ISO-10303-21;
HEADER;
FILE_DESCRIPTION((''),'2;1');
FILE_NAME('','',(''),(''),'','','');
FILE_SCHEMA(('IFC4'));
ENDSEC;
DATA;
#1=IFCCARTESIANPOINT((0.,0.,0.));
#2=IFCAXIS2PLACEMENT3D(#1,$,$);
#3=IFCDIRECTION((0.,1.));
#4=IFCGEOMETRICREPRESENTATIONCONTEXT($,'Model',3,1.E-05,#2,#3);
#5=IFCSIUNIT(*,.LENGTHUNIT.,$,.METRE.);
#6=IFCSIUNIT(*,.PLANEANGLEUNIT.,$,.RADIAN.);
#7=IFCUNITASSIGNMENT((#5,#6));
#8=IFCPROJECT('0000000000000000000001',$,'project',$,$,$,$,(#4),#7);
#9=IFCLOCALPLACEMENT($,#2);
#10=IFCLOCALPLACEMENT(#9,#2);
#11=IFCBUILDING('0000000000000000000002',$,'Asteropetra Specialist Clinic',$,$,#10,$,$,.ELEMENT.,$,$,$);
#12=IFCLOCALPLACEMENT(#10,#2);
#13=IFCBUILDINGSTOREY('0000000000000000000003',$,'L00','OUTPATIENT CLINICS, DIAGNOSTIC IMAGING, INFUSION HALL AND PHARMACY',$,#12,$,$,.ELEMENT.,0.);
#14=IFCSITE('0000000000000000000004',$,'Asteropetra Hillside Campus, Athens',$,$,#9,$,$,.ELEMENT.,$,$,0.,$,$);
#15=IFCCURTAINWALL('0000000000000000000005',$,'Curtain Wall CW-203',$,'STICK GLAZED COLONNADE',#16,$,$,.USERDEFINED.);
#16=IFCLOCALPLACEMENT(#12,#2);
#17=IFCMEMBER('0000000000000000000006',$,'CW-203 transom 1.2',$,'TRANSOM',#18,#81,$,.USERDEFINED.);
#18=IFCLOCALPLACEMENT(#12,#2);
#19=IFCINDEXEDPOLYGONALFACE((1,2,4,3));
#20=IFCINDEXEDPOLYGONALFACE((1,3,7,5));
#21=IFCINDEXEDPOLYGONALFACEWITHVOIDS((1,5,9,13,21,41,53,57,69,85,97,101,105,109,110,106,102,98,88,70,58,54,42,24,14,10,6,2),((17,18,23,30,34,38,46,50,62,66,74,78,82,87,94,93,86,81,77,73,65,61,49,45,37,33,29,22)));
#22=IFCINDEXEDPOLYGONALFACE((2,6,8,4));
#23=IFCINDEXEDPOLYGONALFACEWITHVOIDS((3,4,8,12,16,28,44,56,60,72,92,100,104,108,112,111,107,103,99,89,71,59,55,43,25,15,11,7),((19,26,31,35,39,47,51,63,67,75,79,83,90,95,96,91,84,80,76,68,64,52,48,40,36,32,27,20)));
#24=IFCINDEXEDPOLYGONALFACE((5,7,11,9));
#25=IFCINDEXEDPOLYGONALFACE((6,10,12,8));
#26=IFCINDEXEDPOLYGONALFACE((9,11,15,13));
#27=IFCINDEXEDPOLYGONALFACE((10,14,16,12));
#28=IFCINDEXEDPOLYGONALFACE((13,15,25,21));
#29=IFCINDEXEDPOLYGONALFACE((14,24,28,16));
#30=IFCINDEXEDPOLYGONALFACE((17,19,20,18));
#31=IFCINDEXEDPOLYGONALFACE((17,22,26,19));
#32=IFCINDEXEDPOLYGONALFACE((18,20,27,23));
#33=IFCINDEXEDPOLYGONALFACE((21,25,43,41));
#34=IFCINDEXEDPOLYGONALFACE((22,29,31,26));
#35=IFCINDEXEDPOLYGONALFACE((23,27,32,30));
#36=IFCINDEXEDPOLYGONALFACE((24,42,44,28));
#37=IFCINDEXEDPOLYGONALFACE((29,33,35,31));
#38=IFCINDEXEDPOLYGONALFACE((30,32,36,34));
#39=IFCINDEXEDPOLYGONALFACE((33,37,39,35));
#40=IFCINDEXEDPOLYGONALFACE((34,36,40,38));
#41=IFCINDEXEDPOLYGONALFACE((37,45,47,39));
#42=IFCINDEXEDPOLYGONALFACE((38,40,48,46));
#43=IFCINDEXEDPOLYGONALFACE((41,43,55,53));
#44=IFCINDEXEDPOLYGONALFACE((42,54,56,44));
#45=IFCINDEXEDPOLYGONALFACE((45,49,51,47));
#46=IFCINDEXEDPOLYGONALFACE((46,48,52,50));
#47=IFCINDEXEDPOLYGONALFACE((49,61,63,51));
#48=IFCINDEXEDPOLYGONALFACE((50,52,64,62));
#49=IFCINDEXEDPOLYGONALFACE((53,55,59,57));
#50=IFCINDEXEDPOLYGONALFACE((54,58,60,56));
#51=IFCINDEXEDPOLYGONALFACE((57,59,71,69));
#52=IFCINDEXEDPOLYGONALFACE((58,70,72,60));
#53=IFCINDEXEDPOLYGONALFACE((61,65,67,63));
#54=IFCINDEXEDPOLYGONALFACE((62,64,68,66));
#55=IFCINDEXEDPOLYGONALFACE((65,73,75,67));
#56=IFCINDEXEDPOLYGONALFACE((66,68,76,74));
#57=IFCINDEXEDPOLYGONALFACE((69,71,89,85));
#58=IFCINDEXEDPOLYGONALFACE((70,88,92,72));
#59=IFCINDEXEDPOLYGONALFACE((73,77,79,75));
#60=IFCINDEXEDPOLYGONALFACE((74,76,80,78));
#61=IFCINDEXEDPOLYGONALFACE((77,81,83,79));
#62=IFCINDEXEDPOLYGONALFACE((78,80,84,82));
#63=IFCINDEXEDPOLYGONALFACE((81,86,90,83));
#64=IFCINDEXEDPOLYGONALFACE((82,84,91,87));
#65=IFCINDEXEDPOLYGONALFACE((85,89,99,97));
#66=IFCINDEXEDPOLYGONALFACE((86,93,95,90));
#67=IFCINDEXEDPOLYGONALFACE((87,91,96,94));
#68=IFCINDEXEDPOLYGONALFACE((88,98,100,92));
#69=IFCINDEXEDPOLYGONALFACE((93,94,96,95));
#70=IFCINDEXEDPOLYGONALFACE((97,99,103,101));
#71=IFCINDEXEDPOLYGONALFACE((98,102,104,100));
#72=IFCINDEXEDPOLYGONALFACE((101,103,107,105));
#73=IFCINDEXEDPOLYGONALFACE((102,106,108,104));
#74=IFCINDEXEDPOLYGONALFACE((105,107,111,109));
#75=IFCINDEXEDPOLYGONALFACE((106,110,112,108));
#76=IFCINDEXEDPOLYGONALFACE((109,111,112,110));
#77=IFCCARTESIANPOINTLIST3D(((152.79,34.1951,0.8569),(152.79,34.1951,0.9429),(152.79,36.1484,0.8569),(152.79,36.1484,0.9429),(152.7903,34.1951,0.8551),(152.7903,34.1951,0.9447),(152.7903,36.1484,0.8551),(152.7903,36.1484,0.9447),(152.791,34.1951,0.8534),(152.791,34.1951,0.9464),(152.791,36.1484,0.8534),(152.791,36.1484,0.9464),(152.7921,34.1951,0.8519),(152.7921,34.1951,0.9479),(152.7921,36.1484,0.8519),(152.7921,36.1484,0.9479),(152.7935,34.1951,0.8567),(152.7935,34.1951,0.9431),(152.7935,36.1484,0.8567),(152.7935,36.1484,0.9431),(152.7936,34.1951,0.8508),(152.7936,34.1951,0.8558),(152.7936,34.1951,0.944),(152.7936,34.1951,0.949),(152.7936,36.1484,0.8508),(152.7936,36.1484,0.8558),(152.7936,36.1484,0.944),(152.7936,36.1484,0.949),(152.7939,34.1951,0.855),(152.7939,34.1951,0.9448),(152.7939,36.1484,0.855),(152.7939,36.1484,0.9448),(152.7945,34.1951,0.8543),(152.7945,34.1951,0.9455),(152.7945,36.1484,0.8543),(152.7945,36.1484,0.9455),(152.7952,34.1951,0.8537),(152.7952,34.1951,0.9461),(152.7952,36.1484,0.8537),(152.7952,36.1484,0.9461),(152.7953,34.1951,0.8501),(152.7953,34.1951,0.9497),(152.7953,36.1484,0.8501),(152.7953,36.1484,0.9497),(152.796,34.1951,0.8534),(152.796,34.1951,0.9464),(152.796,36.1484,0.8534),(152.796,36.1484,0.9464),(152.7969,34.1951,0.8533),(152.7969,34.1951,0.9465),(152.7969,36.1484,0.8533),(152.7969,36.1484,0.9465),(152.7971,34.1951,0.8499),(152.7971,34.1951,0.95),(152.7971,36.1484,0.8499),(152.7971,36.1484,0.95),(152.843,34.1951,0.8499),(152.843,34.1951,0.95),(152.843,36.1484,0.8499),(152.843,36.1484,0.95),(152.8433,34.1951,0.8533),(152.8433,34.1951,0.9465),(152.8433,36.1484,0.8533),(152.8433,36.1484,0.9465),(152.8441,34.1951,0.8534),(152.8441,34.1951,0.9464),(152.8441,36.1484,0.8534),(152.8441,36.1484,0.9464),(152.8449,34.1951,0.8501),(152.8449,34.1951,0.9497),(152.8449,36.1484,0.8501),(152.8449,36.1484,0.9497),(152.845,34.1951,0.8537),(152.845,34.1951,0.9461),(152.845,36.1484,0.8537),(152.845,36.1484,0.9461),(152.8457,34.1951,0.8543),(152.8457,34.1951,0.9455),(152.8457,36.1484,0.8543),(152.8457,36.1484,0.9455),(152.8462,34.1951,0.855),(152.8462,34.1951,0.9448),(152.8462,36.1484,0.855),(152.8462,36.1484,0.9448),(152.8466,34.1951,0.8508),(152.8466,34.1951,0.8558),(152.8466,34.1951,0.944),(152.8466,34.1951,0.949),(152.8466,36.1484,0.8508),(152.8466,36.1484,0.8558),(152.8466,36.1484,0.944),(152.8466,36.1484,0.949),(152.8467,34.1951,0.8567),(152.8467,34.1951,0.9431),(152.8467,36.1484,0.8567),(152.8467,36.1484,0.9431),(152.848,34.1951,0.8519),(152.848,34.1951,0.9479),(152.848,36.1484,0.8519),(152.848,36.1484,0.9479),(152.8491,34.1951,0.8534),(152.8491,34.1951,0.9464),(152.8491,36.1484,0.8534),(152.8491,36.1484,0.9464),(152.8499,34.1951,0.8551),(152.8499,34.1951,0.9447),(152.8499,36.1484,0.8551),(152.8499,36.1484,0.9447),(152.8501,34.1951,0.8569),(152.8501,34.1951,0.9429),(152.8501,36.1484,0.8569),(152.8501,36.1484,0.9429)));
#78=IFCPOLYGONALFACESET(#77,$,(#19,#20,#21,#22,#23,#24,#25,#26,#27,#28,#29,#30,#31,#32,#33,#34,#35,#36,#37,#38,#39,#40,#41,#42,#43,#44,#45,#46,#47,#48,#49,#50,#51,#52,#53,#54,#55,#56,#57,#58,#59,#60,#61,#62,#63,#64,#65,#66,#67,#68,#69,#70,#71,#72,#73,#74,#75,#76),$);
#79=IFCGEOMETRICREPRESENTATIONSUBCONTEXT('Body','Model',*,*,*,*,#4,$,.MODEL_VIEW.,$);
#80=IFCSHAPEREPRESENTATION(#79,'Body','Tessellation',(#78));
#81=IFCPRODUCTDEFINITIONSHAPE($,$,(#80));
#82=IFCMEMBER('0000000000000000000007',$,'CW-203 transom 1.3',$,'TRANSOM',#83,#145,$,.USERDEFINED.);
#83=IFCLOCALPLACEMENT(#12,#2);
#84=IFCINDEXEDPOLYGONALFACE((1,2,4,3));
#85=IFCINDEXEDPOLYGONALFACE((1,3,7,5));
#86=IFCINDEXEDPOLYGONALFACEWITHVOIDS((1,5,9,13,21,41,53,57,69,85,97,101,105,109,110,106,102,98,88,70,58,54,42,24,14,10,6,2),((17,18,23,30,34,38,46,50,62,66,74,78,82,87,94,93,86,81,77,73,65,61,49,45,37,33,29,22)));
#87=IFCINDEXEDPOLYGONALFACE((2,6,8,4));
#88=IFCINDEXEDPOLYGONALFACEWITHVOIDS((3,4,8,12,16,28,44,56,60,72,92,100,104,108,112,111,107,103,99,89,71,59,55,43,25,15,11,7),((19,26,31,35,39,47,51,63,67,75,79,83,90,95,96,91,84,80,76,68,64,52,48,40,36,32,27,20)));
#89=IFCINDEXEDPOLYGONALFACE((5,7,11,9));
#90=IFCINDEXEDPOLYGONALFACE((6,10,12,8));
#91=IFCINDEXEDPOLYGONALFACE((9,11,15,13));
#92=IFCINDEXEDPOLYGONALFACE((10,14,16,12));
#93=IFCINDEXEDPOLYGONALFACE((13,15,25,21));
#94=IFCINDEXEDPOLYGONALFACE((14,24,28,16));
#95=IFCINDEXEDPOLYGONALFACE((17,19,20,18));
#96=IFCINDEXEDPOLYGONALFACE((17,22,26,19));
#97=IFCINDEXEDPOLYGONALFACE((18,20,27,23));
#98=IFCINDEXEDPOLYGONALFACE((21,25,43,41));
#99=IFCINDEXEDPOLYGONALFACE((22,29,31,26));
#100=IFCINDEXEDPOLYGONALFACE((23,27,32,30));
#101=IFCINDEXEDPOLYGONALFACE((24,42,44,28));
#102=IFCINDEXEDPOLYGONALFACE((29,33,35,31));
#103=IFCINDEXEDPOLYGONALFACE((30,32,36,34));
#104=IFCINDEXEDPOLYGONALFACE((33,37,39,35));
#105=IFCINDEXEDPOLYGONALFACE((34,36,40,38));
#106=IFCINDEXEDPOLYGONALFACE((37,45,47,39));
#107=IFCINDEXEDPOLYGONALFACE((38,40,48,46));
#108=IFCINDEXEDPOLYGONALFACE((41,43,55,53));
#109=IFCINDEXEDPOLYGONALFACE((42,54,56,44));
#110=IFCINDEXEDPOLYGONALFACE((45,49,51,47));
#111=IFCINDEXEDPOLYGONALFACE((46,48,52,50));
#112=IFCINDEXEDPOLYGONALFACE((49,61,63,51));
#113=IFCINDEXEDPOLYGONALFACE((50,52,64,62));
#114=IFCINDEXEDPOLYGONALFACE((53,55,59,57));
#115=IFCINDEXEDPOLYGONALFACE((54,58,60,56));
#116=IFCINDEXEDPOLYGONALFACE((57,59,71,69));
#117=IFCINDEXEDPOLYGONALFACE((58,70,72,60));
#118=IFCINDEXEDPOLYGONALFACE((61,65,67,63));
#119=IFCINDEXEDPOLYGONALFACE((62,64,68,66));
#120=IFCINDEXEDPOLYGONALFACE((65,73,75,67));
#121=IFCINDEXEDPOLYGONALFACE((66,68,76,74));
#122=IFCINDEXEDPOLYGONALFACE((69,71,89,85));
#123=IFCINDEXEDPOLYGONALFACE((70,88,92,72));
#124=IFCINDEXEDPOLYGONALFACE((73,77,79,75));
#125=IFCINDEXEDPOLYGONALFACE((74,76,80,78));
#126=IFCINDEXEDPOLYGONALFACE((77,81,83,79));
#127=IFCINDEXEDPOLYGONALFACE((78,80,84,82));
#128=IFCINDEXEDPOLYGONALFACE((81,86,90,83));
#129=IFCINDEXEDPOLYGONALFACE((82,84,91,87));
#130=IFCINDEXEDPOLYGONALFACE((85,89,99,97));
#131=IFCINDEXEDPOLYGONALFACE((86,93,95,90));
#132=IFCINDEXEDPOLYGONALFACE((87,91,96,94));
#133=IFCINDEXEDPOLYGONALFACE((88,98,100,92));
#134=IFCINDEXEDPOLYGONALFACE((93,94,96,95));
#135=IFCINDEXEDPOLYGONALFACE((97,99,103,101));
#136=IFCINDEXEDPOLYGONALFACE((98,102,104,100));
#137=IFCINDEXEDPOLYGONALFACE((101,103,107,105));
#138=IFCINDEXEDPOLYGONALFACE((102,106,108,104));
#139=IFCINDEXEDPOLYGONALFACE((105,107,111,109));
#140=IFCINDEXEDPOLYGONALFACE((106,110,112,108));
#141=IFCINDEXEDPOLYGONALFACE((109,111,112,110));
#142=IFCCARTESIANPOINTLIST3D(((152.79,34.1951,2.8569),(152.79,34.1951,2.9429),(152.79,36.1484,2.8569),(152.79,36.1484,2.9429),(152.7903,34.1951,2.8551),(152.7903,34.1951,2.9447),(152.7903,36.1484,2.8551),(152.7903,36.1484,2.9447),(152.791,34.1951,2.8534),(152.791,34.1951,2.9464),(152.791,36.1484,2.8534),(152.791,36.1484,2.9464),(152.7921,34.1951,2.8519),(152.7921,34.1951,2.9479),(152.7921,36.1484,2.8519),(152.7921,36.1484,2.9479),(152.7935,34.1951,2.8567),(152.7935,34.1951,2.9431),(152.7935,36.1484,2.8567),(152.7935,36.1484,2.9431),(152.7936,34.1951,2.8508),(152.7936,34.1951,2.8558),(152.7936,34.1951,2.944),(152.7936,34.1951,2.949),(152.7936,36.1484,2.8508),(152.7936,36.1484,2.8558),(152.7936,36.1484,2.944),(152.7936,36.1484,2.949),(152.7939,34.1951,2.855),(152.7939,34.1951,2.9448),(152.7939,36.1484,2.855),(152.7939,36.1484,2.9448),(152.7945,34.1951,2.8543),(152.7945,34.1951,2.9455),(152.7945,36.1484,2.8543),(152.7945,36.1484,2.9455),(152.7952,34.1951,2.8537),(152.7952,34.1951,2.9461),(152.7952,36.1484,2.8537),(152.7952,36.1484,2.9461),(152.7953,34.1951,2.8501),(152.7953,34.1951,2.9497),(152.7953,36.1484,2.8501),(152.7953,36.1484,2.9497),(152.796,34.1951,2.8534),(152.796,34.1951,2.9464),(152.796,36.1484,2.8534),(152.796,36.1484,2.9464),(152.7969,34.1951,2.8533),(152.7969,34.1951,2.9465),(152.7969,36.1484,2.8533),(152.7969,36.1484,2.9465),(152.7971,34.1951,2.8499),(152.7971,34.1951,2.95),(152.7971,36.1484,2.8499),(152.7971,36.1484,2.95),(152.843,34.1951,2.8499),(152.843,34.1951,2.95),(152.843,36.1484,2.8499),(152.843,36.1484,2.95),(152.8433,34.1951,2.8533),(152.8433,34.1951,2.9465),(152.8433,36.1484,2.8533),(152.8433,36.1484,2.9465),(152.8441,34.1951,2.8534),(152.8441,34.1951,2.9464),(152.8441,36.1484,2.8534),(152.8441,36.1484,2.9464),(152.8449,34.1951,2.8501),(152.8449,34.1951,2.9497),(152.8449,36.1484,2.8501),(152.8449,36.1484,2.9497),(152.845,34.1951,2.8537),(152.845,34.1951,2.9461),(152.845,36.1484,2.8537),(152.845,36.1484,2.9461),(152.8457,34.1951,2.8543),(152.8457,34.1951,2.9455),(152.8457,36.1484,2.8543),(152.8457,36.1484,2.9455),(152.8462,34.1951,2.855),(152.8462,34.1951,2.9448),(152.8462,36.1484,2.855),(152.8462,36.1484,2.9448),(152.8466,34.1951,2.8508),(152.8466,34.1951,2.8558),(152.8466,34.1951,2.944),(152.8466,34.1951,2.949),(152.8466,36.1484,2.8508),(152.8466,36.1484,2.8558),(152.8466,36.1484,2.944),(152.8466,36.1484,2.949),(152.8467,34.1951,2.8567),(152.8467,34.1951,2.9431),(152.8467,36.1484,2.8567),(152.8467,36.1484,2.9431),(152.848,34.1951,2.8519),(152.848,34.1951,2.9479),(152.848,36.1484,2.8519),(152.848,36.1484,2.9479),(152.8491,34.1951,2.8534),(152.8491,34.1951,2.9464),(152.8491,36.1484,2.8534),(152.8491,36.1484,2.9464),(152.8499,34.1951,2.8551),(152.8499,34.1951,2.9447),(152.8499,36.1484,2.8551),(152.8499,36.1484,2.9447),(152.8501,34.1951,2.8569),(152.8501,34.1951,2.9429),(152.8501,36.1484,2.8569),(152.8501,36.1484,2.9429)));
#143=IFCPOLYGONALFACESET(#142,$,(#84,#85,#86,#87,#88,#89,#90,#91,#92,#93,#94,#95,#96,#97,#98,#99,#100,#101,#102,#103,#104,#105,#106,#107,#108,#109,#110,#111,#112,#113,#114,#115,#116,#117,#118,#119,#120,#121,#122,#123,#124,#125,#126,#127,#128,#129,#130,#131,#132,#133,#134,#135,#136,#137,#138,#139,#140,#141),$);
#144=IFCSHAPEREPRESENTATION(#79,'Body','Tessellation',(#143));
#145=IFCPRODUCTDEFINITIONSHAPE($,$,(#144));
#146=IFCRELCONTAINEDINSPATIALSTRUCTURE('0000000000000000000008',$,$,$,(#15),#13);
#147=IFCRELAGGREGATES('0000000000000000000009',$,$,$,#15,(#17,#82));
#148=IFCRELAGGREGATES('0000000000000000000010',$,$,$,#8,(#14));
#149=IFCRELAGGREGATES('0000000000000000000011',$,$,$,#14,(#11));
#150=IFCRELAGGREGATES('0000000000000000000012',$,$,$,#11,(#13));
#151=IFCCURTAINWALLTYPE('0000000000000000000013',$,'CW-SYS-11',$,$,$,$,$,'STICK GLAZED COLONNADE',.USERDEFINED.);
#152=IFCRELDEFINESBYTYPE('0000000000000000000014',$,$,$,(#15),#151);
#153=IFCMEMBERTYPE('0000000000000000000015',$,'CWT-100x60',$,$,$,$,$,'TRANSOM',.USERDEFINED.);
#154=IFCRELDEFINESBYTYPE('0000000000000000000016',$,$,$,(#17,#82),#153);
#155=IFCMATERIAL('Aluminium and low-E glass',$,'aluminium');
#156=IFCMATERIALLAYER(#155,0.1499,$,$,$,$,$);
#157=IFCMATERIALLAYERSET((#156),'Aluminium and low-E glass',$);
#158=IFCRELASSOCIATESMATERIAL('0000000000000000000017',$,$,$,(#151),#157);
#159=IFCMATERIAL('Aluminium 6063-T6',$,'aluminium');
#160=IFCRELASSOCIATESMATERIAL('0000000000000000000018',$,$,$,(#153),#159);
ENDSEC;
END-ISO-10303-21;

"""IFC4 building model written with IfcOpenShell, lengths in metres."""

from ifc_helpers import new_model, si_unit, direction, frame, origin, origin_2d, place, context, subcontext, project, spatial, hollow_rectangle, extrude, material, layer, layer_set, material_profile, profile_set, type_object, element, aggregate, save


model = new_model("IFC4")

# Units and contexts
model_context = context("Model", 3, precision=1e-05, world=origin(), true_north=direction((0.0, 1.0)))
body_context = subcontext(model_context, "Body", "Model", "MODEL_VIEW")
ifc_project = project(units=[si_unit("LENGTHUNIT", "METRE"), si_unit("PLANEANGLEUNIT", "RADIAN")], contexts=[model_context])

# Site, building, storey
site_placement = place(None, origin())
site = spatial("IfcSite", under=ifc_project, at=site_placement, Name="Asteropetra Hillside Campus, Athens", CompositionType="ELEMENT", RefElevation=0.0)
building_placement = place(site_placement, origin())
building = spatial("IfcBuilding", under=site, at=building_placement, Name="Asteropetra Specialist Clinic", CompositionType="ELEMENT")
storey_placement = place(building_placement, origin())
storey = spatial("IfcBuildingStorey", under=building, at=storey_placement, Name="L00", Description="OUTPATIENT CLINICS, DIAGNOSTIC IMAGING, INFUSION HALL AND PHARMACY", CompositionType="ELEMENT", Elevation=0.0)

# Curtain wall, members
ifc_material_1 = material(Name="Aluminium and low-E glass", Category="aluminium")
ifc_layer_1 = layer(ifc_material_1, 0.1499)
ifc_layer_set_1 = layer_set([ifc_layer_1], Name="Aluminium and low-E glass")
curtain_wall_type = type_object("IfcCurtainWallType", Name="CW-SYS-11", ElementType="STICK GLAZED COLONNADE", PredefinedType="USERDEFINED", material=ifc_layer_set_1)
curtain_wall_placement = place(storey_placement, origin())
curtain_wall = element("IfcCurtainWall", 1, at=curtain_wall_placement, inside=storey, type_object=curtain_wall_type, Name="Curtain Wall CW-203", ObjectType="STICK GLAZED COLONNADE", PredefinedType="USERDEFINED")
ifc_material_2 = material(Name="Aluminium 6063-T6", Category="aluminium")
ifc_material_profile_1 = material_profile(ifc_material_2, hollow_rectangle(XDim=0.0601, YDim=0.1001, WallThickness=0.0034, InnerFilletRadius=0.0034, OuterFilletRadius=0.0071, at=origin_2d()), Name="TRN 100x60x3.5")
ifc_profile_set_1 = profile_set([ifc_material_profile_1], Name="Aluminium 6063-T6")
member_type_1 = type_object("IfcMemberType", Name="CWT-100x60", ElementType="TRANSOM", PredefinedType="USERDEFINED", material=ifc_profile_set_1)
member_1_placement = place(storey_placement, frame((152.8201, 34.1951, 0.8999), z_axis=(0.0, 1.0, 0.0), x_axis=(-1.0, 0.0, 0.0)))
member_1 = element("IfcMember", 2, at=member_1_placement, type_object=member_type_1, Name="CW-203 transom 1.2", ObjectType="TRANSOM", PredefinedType="USERDEFINED", context=body_context, shape_type="SweptSolid", body=[
    extrude(hollow_rectangle(XDim=0.0601, YDim=0.1001, WallThickness=0.0034, InnerFilletRadius=0.0034, OuterFilletRadius=0.0071, at=origin_2d()), origin(), (0.0, 0.0, 1.0), 1.9534),
])
member_2_placement = place(storey_placement, frame((152.8201, 34.1951, 2.8999), z_axis=(0.0, 1.0, 0.0), x_axis=(-1.0, 0.0, 0.0)))
member_2 = element("IfcMember", 3, at=member_2_placement, type_object=member_type_1, Name="CW-203 transom 1.3", ObjectType="TRANSOM", PredefinedType="USERDEFINED", context=body_context, shape_type="SweptSolid", body=[
    extrude(hollow_rectangle(XDim=0.0601, YDim=0.1001, WallThickness=0.0034, InnerFilletRadius=0.0034, OuterFilletRadius=0.0071, at=origin_2d()), origin(), (0.0, 0.0, 1.0), 1.9534),
])
aggregate(curtain_wall, [member_1, member_2])

save(model, "model.ifc")
